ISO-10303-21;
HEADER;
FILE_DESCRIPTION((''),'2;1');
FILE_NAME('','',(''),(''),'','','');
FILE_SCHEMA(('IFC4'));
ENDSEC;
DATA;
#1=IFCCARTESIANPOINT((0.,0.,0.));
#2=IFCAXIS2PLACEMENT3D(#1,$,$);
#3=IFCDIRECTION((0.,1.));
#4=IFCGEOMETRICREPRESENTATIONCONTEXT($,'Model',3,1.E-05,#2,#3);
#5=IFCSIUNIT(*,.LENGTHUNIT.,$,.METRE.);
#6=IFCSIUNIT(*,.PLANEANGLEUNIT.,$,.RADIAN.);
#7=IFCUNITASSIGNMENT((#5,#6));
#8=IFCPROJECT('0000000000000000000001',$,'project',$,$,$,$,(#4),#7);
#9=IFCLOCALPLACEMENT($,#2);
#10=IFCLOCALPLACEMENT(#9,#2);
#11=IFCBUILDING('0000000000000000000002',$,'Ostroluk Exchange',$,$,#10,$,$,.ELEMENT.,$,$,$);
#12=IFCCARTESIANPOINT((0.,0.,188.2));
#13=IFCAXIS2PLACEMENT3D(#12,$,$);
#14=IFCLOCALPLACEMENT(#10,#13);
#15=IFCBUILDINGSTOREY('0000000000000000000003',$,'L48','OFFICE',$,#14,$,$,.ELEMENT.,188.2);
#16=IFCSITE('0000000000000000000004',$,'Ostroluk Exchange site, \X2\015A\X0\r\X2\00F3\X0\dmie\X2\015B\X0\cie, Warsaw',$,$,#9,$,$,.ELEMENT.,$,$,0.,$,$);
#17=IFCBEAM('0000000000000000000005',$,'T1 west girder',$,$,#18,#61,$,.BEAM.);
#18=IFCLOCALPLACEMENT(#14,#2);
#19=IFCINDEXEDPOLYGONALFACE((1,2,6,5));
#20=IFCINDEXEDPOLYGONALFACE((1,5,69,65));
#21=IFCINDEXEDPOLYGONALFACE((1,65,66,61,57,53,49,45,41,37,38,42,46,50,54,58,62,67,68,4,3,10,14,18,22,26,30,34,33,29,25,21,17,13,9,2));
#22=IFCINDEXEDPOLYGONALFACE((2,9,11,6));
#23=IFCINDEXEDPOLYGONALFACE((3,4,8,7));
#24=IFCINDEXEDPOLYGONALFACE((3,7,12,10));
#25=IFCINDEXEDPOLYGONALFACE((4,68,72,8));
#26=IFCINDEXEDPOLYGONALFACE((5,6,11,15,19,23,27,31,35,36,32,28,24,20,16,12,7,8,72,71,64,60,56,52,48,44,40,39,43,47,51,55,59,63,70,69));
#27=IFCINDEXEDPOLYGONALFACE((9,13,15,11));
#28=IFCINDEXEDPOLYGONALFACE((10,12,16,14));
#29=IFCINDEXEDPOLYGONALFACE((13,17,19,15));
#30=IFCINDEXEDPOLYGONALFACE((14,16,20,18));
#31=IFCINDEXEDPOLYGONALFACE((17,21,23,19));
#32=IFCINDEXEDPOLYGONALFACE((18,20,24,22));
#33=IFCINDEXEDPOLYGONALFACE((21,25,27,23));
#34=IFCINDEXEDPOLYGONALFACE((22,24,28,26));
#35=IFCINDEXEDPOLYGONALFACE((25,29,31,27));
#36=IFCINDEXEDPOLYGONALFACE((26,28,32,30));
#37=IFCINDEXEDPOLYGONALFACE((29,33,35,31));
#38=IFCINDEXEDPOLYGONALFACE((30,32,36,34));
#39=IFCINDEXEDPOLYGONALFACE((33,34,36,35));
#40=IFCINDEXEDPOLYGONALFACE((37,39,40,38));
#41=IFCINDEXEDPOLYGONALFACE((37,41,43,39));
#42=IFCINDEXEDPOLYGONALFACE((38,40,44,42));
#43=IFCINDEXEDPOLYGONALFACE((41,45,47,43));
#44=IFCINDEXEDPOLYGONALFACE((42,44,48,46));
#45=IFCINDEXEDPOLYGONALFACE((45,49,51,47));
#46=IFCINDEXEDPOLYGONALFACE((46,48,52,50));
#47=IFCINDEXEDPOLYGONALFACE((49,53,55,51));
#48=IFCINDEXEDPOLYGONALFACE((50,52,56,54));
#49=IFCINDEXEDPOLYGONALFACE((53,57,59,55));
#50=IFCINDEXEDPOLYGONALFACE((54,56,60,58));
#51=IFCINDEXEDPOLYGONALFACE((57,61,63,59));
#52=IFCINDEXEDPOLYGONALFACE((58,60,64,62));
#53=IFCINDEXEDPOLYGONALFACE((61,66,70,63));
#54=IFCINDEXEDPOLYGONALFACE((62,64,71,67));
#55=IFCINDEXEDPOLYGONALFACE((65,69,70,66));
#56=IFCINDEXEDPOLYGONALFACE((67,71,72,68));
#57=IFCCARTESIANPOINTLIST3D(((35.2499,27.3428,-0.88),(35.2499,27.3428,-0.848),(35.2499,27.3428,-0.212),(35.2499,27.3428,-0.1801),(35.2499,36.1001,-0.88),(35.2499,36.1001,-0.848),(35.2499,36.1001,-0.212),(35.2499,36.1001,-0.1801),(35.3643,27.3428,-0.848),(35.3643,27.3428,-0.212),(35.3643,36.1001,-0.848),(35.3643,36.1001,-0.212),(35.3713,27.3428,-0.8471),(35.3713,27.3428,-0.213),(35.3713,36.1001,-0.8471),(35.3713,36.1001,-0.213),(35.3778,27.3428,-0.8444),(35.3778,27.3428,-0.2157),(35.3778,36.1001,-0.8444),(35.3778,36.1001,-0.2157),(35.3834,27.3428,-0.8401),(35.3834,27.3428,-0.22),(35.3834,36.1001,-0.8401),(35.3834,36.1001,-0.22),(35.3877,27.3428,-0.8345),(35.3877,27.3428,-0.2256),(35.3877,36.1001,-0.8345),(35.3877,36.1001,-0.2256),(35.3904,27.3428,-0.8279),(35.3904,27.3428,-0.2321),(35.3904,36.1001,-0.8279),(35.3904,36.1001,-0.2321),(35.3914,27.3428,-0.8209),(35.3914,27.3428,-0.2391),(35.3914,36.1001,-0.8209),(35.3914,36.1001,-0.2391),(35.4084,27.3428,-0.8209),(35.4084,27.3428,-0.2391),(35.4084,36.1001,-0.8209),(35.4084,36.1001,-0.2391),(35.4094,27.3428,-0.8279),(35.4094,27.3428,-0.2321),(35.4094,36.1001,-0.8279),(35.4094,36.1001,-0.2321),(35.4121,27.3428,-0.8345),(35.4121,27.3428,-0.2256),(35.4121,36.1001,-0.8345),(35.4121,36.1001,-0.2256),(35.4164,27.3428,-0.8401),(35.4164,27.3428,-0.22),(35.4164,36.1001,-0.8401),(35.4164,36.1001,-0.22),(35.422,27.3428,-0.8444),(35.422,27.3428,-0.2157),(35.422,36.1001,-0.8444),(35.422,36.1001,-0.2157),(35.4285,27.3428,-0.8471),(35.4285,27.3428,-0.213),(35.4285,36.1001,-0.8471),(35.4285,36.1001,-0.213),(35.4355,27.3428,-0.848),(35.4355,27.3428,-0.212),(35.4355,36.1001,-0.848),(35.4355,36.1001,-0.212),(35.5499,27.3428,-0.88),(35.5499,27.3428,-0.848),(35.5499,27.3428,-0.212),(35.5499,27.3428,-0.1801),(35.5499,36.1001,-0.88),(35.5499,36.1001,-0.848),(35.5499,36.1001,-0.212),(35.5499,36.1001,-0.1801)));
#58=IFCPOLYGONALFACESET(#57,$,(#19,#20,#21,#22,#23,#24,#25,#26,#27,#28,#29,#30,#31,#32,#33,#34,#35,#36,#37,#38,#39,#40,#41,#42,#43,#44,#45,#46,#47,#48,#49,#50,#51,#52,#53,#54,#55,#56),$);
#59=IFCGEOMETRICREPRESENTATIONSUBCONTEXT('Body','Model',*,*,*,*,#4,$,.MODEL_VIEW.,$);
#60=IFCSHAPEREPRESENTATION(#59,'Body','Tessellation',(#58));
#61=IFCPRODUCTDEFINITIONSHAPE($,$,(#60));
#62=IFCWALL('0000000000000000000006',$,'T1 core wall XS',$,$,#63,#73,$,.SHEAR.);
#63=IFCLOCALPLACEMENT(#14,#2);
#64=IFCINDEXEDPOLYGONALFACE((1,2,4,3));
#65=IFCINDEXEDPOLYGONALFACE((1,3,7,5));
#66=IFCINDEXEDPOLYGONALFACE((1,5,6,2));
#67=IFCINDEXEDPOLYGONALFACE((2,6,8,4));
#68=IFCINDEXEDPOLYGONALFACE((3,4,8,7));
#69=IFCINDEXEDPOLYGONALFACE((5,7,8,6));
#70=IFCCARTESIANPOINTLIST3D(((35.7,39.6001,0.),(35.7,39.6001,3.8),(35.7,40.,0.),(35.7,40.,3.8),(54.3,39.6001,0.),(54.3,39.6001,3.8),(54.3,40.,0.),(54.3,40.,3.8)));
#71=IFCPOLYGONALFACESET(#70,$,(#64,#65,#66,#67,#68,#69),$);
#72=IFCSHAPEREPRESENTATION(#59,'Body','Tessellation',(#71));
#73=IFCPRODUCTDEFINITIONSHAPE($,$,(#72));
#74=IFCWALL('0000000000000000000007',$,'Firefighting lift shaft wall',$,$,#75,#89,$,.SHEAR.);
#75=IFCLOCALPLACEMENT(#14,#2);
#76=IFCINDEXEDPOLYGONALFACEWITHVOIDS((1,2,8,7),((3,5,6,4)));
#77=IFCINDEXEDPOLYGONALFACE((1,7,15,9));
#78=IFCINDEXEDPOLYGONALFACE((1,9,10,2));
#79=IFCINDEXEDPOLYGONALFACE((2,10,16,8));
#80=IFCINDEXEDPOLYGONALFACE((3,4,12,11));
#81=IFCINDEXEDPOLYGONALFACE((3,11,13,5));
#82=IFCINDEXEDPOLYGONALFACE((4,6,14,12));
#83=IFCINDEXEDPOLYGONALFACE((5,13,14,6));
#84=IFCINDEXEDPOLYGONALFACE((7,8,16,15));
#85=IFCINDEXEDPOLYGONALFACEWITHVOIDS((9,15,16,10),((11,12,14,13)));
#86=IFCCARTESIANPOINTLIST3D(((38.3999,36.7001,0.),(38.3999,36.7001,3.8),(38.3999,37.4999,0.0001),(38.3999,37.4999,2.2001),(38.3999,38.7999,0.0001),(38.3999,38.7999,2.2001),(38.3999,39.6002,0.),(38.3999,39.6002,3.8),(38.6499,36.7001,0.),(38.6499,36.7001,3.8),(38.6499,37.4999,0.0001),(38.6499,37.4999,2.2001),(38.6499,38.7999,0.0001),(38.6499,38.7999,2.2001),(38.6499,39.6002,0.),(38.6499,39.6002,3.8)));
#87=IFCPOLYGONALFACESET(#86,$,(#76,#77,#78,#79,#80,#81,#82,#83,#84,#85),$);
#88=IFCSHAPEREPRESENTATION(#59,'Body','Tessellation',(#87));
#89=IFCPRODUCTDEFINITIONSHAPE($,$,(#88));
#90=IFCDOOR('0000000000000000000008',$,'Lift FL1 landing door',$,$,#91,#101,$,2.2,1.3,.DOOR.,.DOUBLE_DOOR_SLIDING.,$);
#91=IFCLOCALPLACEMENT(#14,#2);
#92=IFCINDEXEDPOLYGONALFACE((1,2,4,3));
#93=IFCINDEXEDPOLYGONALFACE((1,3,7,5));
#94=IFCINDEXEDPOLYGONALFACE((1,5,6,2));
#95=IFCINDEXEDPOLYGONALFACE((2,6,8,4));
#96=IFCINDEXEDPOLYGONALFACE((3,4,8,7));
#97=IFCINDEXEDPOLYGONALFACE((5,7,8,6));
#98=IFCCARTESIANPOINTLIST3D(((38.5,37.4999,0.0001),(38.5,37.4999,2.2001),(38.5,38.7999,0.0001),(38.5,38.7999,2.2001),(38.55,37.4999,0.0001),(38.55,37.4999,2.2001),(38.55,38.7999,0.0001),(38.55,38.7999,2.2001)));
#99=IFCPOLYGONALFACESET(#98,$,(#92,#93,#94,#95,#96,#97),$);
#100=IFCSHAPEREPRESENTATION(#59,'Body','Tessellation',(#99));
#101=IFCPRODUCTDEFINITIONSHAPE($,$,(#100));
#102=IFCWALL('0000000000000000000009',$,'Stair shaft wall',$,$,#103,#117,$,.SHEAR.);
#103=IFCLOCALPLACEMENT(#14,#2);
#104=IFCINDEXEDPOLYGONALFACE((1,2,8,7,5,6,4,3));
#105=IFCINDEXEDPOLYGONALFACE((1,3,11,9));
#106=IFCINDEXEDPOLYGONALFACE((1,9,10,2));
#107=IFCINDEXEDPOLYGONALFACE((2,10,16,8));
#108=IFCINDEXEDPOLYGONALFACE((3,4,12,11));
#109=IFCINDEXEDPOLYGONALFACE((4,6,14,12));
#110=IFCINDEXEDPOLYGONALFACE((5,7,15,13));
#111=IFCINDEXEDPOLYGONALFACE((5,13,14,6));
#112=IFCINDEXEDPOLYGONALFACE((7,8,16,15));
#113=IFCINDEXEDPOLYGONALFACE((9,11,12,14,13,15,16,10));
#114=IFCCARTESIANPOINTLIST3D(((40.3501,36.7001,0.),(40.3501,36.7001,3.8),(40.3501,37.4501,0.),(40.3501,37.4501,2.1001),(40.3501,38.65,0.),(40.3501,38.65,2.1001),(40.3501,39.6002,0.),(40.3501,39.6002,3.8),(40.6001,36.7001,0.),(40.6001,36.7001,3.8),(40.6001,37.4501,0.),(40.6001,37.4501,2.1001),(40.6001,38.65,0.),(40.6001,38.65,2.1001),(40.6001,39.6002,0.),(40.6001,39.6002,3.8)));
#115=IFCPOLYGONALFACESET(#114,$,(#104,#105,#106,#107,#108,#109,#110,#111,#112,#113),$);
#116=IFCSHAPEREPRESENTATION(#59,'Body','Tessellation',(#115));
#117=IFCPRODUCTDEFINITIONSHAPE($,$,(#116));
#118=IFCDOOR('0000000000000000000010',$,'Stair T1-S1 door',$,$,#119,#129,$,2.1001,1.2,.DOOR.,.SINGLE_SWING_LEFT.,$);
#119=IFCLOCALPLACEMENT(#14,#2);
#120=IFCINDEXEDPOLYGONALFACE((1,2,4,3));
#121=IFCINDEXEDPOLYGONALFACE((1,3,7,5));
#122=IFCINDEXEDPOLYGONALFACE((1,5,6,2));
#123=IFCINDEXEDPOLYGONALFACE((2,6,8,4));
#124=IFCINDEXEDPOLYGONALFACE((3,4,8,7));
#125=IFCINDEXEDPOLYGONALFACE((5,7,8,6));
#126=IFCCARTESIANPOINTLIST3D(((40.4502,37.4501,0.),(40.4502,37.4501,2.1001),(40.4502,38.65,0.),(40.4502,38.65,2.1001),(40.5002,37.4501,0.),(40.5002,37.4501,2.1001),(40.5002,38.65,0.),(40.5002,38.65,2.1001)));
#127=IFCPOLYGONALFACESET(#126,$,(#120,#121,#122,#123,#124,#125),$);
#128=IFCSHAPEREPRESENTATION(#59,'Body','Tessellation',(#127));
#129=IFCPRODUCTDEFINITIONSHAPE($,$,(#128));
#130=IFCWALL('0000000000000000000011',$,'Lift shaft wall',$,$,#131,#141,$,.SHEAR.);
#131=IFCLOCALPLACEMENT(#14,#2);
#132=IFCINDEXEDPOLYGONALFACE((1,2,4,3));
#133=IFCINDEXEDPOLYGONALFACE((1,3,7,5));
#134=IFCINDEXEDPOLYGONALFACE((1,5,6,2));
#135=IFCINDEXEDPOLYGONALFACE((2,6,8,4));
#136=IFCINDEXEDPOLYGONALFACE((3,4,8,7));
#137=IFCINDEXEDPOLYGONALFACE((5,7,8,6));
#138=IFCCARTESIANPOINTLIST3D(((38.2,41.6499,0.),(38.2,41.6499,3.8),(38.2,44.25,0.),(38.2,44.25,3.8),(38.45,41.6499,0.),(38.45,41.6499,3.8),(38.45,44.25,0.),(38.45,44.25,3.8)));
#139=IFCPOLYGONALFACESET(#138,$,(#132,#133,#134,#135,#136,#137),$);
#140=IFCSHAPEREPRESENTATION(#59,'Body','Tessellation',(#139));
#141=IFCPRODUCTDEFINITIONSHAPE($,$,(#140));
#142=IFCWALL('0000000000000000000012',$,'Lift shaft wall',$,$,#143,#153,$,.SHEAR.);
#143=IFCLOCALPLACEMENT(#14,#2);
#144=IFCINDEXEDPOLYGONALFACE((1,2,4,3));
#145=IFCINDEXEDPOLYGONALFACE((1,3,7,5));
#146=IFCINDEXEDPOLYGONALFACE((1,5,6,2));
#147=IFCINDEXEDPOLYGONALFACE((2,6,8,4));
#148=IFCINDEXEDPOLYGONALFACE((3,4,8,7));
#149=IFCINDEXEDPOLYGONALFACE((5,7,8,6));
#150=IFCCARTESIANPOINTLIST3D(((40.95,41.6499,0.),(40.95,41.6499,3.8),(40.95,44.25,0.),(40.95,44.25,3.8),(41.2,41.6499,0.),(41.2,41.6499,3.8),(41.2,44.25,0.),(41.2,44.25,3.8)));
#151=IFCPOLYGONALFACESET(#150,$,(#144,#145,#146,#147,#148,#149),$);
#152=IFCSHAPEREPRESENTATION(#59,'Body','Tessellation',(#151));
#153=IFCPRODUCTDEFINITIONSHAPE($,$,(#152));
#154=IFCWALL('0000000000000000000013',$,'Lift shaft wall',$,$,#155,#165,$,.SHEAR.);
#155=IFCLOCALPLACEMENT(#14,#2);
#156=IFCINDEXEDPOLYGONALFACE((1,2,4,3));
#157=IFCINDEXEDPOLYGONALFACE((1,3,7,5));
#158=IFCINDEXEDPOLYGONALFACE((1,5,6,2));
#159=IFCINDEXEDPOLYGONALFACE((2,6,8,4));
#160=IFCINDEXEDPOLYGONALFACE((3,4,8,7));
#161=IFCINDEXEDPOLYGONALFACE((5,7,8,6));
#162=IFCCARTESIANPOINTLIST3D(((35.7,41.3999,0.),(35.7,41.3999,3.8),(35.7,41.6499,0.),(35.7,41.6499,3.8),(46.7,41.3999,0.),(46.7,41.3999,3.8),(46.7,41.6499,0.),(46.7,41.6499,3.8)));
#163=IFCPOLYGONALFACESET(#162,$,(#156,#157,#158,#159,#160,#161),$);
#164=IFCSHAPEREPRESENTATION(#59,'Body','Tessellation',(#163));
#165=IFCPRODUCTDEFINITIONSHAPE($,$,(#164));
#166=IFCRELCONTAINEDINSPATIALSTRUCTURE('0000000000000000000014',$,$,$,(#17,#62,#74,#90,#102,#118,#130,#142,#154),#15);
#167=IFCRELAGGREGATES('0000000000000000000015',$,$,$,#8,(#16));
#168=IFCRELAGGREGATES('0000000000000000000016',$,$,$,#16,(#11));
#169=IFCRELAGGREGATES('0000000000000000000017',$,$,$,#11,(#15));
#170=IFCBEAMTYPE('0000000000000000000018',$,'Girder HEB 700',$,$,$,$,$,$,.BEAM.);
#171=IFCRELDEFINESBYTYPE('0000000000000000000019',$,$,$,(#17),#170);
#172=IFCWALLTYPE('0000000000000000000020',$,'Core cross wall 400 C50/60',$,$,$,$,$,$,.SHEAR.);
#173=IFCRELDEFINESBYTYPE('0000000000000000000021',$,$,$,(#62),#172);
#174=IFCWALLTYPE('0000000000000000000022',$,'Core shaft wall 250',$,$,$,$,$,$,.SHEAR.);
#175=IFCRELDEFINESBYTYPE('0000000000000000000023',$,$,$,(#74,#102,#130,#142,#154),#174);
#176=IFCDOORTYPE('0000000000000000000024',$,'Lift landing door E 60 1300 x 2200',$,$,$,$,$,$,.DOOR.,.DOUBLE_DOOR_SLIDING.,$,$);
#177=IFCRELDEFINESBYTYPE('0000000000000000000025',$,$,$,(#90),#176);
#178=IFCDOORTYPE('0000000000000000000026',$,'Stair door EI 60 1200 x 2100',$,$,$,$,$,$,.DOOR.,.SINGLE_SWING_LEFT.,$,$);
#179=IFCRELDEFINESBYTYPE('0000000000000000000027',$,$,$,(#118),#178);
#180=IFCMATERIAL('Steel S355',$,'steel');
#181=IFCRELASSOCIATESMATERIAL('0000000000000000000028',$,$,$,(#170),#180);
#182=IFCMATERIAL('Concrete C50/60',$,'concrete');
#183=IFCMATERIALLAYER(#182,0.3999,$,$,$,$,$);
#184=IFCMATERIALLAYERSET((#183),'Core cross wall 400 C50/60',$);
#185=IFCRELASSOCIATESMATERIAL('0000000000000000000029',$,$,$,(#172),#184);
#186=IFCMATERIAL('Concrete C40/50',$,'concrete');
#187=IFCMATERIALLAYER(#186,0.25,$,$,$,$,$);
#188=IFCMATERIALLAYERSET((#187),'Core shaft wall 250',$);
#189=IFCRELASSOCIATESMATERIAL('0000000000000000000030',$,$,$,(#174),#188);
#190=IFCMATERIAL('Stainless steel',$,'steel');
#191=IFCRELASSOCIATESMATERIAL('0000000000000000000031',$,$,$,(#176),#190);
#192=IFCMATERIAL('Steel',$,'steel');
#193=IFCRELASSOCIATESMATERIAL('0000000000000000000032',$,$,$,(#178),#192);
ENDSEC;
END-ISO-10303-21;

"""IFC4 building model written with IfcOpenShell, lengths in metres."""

from ifc_helpers import new_model, si_unit, direction, frame, frame_2d, origin, origin_2d, place, context, subcontext, project, spatial, rectangle, i_section, extrude, material, layer, layer_set, material_profile, profile_set, type_object, element, fill, save


model = new_model("IFC4")

# Units and contexts
model_context = context("Model", 3, precision=1e-05, world=origin(), true_north=direction((0.0, 1.0)))
body_context = subcontext(model_context, "Body", "Model", "MODEL_VIEW")
ifc_project = project(units=[si_unit("LENGTHUNIT", "METRE"), si_unit("PLANEANGLEUNIT", "RADIAN")], contexts=[model_context])

# Site, building, storey
site_placement = place(None, origin())
site = spatial("IfcSite", under=ifc_project, at=site_placement, Name="Ostroluk Exchange site, Śródmieście, Warsaw", CompositionType="ELEMENT", RefElevation=0.0)
building_placement = place(site_placement, origin())
building = spatial("IfcBuilding", under=site, at=building_placement, Name="Ostroluk Exchange", CompositionType="ELEMENT")
storey_placement = place(building_placement, frame((0.0, 0.0, 188.2)))
storey = spatial("IfcBuildingStorey", under=building, at=storey_placement, Name="L48", Description="OFFICE", CompositionType="ELEMENT", Elevation=188.2)

# Beam
ifc_material_1 = material(Name="Steel S355", Category="steel")
ifc_material_profile_1 = material_profile(ifc_material_1, i_section(OverallWidth=0.3, OverallDepth=0.7, WebThickness=0.0171, FlangeThickness=0.032, FilletRadius=0.0271, at=origin_2d()), Name="HEB 700")
ifc_profile_set_1 = profile_set([ifc_material_profile_1], Name="Steel S355")
beam_type_1 = type_object("IfcBeamType", Name="Girder HEB 700", PredefinedType="BEAM", material=ifc_profile_set_1)
beam_1_placement = place(storey_placement, frame((35.3999, 36.1001, -0.53), z_axis=(0.0, -1.0, 0.0), x_axis=(1.0, 0.0, 0.0)))
element("IfcBeam", 1, at=beam_1_placement, inside=storey, type_object=beam_type_1, Name="T1 west girder", PredefinedType="BEAM", context=body_context, shape_type="SweptSolid", body=[
    extrude(i_section(OverallWidth=0.3, OverallDepth=0.7, WebThickness=0.0171, FlangeThickness=0.032, FilletRadius=0.0271, at=origin_2d()), origin(), (0.0, 0.0, 1.0), 8.7573),
])

# Wall
ifc_material_2 = material(Name="Concrete C50/60", Category="concrete")
ifc_layer_1 = layer(ifc_material_2, 0.3999)
ifc_layer_set_1 = layer_set([ifc_layer_1], Name="Core cross wall 400 C50/60")
wall_type_1 = type_object("IfcWallType", Name="Core cross wall 400 C50/60", PredefinedType="SHEAR", material=ifc_layer_set_1)
wall_1_placement = place(storey_placement, frame((35.7, 39.8, 0.0), z_axis=(0.0, 0.0, 1.0), x_axis=(1.0, 0.0, 0.0)))
element("IfcWall", 2, at=wall_1_placement, inside=storey, type_object=wall_type_1, Name="T1 core wall XS", PredefinedType="SHEAR", context=body_context, shape_type="SweptSolid", body=[
    extrude(rectangle(XDim=18.6001, YDim=0.3999, at=frame_2d((9.3, 0.0))), origin(), (0.0, 0.0, 1.0), 3.8),
])

# Walls, openings, doors
ifc_material_3 = material(Name="Concrete C40/50", Category="concrete")
ifc_layer_2 = layer(ifc_material_3, 0.25)
ifc_layer_set_2 = layer_set([ifc_layer_2], Name="Core shaft wall 250")
wall_type_2 = type_object("IfcWallType", Name="Core shaft wall 250", PredefinedType="SHEAR", material=ifc_layer_set_2)
wall_2_placement = place(storey_placement, frame((38.5249, 36.7, 0.0), z_axis=(0.0, 0.0, 1.0), x_axis=(0.0, 1.0, 0.0)))
wall_2 = element("IfcWall", 3, at=wall_2_placement, inside=storey, type_object=wall_type_2, Name="Firefighting lift shaft wall", PredefinedType="SHEAR", context=body_context, shape_type="SweptSolid", body=[
    extrude(rectangle(XDim=2.9001, YDim=0.25, at=frame_2d((1.4502, 0.0))), origin(), (0.0, 0.0, 1.0), 3.8),
])
opening_1_placement = place(wall_2_placement, frame((0.8, 0.0, 0.0)))
opening_1 = element("IfcOpeningElement", 4, at=opening_1_placement, cuts=wall_2, PredefinedType="OPENING", context=body_context, shape_type="SweptSolid", body=[
    extrude(rectangle(XDim=1.3, YDim=2.2, at=frame_2d((0.6499, 1.1001))), frame((0.0, 0.135, 0.0), z_axis=(0.0, -1.0, 0.0), x_axis=(1.0, 0.0, 0.0)), (0.0, 0.0, 1.0), 0.27),
])
ifc_material_4 = material(Name="Stainless steel", Category="steel")
door_type_1 = type_object("IfcDoorType", Name="Lift landing door E 60 1300 x 2200", OperationType="DOUBLE_DOOR_SLIDING", PredefinedType="DOOR", material=ifc_material_4)
door_1_placement = place(opening_1_placement, origin())
door_1 = element("IfcDoor", 5, at=door_1_placement, inside=storey, type_object=door_type_1, Name="Lift FL1 landing door", OperationType="DOUBLE_DOOR_SLIDING", OverallHeight=2.2, OverallWidth=1.3, PredefinedType="DOOR", context=body_context, shape_type="SweptSolid", body=[
    extrude(rectangle(XDim=1.3, YDim=2.2, at=frame_2d((0.6499, 1.1001))), frame((0.0, 0.0249, 0.0), z_axis=(0.0, -1.0, 0.0), x_axis=(1.0, 0.0, 0.0)), (0.0, 0.0, 1.0), 0.05),
])
fill(opening_1, door_1)
wall_3_placement = place(storey_placement, frame((40.4751, 36.7, 0.0), z_axis=(0.0, 0.0, 1.0), x_axis=(0.0, 1.0, 0.0)))
wall_3 = element("IfcWall", 6, at=wall_3_placement, inside=storey, type_object=wall_type_2, Name="Stair shaft wall", PredefinedType="SHEAR", context=body_context, shape_type="SweptSolid", body=[
    extrude(rectangle(XDim=2.9001, YDim=0.25, at=frame_2d((1.4502, 0.0))), origin(), (0.0, 0.0, 1.0), 3.8),
])
opening_2_placement = place(wall_3_placement, frame((0.75, 0.0, 0.0)))
opening_2 = element("IfcOpeningElement", 7, at=opening_2_placement, cuts=wall_3, PredefinedType="OPENING", context=body_context, shape_type="SweptSolid", body=[
    extrude(rectangle(XDim=1.2, YDim=2.1001, at=frame_2d((0.6001, 1.05))), frame((0.0, 0.135, 0.0), z_axis=(0.0, -1.0, 0.0), x_axis=(1.0, 0.0, 0.0)), (0.0, 0.0, 1.0), 0.27),
])
ifc_material_5 = material(Name="Steel", Category="steel")
door_type_2 = type_object("IfcDoorType", Name="Stair door EI 60 1200 x 2100", OperationType="SINGLE_SWING_LEFT", PredefinedType="DOOR", material=ifc_material_5)
door_2_placement = place(opening_2_placement, origin())
door_2 = element("IfcDoor", 8, at=door_2_placement, inside=storey, type_object=door_type_2, Name="Stair T1-S1 door", OperationType="SINGLE_SWING_LEFT", OverallHeight=2.1001, OverallWidth=1.2, PredefinedType="DOOR", context=body_context, shape_type="SweptSolid", body=[
    extrude(rectangle(XDim=1.2, YDim=2.1001, at=frame_2d((0.6001, 1.05))), frame((0.0, 0.0249, 0.0), z_axis=(0.0, -1.0, 0.0), x_axis=(1.0, 0.0, 0.0)), (0.0, 0.0, 1.0), 0.05),
])
fill(opening_2, door_2)

# Walls
for number, where, z_axis, x_axis, name in (
    (9, (38.325, 44.25, 0.0), (0.0, 0.0, 1.0), (0.0, -1.0, 0.0), "Lift shaft wall"),
    (10, (41.075, 44.25, 0.0), (0.0, 0.0, 1.0), (0.0, -1.0, 0.0), "Lift shaft wall"),
):
    element("IfcWall", number, at=place(storey_placement, frame(where, z_axis=z_axis, x_axis=x_axis)), inside=storey, type_object=wall_type_2, Name=name, PredefinedType="SHEAR", context=body_context, shape_type="SweptSolid", body=[
        extrude(rectangle(XDim=2.6001, YDim=0.25, at=frame_2d((1.3, 0.0))), origin(), (0.0, 0.0, 1.0), 3.8),
    ])
wall_4_placement = place(storey_placement, frame((35.7, 41.5249, 0.0), z_axis=(0.0, 0.0, 1.0), x_axis=(1.0, 0.0, 0.0)))
element("IfcWall", 11, at=wall_4_placement, inside=storey, type_object=wall_type_2, Name="Lift shaft wall", PredefinedType="SHEAR", context=body_context, shape_type="SweptSolid", body=[
    extrude(rectangle(XDim=11.0, YDim=0.25, at=frame_2d((5.5, 0.0))), origin(), (0.0, 0.0, 1.0), 3.8),
])

save(model, "model.ifc")
